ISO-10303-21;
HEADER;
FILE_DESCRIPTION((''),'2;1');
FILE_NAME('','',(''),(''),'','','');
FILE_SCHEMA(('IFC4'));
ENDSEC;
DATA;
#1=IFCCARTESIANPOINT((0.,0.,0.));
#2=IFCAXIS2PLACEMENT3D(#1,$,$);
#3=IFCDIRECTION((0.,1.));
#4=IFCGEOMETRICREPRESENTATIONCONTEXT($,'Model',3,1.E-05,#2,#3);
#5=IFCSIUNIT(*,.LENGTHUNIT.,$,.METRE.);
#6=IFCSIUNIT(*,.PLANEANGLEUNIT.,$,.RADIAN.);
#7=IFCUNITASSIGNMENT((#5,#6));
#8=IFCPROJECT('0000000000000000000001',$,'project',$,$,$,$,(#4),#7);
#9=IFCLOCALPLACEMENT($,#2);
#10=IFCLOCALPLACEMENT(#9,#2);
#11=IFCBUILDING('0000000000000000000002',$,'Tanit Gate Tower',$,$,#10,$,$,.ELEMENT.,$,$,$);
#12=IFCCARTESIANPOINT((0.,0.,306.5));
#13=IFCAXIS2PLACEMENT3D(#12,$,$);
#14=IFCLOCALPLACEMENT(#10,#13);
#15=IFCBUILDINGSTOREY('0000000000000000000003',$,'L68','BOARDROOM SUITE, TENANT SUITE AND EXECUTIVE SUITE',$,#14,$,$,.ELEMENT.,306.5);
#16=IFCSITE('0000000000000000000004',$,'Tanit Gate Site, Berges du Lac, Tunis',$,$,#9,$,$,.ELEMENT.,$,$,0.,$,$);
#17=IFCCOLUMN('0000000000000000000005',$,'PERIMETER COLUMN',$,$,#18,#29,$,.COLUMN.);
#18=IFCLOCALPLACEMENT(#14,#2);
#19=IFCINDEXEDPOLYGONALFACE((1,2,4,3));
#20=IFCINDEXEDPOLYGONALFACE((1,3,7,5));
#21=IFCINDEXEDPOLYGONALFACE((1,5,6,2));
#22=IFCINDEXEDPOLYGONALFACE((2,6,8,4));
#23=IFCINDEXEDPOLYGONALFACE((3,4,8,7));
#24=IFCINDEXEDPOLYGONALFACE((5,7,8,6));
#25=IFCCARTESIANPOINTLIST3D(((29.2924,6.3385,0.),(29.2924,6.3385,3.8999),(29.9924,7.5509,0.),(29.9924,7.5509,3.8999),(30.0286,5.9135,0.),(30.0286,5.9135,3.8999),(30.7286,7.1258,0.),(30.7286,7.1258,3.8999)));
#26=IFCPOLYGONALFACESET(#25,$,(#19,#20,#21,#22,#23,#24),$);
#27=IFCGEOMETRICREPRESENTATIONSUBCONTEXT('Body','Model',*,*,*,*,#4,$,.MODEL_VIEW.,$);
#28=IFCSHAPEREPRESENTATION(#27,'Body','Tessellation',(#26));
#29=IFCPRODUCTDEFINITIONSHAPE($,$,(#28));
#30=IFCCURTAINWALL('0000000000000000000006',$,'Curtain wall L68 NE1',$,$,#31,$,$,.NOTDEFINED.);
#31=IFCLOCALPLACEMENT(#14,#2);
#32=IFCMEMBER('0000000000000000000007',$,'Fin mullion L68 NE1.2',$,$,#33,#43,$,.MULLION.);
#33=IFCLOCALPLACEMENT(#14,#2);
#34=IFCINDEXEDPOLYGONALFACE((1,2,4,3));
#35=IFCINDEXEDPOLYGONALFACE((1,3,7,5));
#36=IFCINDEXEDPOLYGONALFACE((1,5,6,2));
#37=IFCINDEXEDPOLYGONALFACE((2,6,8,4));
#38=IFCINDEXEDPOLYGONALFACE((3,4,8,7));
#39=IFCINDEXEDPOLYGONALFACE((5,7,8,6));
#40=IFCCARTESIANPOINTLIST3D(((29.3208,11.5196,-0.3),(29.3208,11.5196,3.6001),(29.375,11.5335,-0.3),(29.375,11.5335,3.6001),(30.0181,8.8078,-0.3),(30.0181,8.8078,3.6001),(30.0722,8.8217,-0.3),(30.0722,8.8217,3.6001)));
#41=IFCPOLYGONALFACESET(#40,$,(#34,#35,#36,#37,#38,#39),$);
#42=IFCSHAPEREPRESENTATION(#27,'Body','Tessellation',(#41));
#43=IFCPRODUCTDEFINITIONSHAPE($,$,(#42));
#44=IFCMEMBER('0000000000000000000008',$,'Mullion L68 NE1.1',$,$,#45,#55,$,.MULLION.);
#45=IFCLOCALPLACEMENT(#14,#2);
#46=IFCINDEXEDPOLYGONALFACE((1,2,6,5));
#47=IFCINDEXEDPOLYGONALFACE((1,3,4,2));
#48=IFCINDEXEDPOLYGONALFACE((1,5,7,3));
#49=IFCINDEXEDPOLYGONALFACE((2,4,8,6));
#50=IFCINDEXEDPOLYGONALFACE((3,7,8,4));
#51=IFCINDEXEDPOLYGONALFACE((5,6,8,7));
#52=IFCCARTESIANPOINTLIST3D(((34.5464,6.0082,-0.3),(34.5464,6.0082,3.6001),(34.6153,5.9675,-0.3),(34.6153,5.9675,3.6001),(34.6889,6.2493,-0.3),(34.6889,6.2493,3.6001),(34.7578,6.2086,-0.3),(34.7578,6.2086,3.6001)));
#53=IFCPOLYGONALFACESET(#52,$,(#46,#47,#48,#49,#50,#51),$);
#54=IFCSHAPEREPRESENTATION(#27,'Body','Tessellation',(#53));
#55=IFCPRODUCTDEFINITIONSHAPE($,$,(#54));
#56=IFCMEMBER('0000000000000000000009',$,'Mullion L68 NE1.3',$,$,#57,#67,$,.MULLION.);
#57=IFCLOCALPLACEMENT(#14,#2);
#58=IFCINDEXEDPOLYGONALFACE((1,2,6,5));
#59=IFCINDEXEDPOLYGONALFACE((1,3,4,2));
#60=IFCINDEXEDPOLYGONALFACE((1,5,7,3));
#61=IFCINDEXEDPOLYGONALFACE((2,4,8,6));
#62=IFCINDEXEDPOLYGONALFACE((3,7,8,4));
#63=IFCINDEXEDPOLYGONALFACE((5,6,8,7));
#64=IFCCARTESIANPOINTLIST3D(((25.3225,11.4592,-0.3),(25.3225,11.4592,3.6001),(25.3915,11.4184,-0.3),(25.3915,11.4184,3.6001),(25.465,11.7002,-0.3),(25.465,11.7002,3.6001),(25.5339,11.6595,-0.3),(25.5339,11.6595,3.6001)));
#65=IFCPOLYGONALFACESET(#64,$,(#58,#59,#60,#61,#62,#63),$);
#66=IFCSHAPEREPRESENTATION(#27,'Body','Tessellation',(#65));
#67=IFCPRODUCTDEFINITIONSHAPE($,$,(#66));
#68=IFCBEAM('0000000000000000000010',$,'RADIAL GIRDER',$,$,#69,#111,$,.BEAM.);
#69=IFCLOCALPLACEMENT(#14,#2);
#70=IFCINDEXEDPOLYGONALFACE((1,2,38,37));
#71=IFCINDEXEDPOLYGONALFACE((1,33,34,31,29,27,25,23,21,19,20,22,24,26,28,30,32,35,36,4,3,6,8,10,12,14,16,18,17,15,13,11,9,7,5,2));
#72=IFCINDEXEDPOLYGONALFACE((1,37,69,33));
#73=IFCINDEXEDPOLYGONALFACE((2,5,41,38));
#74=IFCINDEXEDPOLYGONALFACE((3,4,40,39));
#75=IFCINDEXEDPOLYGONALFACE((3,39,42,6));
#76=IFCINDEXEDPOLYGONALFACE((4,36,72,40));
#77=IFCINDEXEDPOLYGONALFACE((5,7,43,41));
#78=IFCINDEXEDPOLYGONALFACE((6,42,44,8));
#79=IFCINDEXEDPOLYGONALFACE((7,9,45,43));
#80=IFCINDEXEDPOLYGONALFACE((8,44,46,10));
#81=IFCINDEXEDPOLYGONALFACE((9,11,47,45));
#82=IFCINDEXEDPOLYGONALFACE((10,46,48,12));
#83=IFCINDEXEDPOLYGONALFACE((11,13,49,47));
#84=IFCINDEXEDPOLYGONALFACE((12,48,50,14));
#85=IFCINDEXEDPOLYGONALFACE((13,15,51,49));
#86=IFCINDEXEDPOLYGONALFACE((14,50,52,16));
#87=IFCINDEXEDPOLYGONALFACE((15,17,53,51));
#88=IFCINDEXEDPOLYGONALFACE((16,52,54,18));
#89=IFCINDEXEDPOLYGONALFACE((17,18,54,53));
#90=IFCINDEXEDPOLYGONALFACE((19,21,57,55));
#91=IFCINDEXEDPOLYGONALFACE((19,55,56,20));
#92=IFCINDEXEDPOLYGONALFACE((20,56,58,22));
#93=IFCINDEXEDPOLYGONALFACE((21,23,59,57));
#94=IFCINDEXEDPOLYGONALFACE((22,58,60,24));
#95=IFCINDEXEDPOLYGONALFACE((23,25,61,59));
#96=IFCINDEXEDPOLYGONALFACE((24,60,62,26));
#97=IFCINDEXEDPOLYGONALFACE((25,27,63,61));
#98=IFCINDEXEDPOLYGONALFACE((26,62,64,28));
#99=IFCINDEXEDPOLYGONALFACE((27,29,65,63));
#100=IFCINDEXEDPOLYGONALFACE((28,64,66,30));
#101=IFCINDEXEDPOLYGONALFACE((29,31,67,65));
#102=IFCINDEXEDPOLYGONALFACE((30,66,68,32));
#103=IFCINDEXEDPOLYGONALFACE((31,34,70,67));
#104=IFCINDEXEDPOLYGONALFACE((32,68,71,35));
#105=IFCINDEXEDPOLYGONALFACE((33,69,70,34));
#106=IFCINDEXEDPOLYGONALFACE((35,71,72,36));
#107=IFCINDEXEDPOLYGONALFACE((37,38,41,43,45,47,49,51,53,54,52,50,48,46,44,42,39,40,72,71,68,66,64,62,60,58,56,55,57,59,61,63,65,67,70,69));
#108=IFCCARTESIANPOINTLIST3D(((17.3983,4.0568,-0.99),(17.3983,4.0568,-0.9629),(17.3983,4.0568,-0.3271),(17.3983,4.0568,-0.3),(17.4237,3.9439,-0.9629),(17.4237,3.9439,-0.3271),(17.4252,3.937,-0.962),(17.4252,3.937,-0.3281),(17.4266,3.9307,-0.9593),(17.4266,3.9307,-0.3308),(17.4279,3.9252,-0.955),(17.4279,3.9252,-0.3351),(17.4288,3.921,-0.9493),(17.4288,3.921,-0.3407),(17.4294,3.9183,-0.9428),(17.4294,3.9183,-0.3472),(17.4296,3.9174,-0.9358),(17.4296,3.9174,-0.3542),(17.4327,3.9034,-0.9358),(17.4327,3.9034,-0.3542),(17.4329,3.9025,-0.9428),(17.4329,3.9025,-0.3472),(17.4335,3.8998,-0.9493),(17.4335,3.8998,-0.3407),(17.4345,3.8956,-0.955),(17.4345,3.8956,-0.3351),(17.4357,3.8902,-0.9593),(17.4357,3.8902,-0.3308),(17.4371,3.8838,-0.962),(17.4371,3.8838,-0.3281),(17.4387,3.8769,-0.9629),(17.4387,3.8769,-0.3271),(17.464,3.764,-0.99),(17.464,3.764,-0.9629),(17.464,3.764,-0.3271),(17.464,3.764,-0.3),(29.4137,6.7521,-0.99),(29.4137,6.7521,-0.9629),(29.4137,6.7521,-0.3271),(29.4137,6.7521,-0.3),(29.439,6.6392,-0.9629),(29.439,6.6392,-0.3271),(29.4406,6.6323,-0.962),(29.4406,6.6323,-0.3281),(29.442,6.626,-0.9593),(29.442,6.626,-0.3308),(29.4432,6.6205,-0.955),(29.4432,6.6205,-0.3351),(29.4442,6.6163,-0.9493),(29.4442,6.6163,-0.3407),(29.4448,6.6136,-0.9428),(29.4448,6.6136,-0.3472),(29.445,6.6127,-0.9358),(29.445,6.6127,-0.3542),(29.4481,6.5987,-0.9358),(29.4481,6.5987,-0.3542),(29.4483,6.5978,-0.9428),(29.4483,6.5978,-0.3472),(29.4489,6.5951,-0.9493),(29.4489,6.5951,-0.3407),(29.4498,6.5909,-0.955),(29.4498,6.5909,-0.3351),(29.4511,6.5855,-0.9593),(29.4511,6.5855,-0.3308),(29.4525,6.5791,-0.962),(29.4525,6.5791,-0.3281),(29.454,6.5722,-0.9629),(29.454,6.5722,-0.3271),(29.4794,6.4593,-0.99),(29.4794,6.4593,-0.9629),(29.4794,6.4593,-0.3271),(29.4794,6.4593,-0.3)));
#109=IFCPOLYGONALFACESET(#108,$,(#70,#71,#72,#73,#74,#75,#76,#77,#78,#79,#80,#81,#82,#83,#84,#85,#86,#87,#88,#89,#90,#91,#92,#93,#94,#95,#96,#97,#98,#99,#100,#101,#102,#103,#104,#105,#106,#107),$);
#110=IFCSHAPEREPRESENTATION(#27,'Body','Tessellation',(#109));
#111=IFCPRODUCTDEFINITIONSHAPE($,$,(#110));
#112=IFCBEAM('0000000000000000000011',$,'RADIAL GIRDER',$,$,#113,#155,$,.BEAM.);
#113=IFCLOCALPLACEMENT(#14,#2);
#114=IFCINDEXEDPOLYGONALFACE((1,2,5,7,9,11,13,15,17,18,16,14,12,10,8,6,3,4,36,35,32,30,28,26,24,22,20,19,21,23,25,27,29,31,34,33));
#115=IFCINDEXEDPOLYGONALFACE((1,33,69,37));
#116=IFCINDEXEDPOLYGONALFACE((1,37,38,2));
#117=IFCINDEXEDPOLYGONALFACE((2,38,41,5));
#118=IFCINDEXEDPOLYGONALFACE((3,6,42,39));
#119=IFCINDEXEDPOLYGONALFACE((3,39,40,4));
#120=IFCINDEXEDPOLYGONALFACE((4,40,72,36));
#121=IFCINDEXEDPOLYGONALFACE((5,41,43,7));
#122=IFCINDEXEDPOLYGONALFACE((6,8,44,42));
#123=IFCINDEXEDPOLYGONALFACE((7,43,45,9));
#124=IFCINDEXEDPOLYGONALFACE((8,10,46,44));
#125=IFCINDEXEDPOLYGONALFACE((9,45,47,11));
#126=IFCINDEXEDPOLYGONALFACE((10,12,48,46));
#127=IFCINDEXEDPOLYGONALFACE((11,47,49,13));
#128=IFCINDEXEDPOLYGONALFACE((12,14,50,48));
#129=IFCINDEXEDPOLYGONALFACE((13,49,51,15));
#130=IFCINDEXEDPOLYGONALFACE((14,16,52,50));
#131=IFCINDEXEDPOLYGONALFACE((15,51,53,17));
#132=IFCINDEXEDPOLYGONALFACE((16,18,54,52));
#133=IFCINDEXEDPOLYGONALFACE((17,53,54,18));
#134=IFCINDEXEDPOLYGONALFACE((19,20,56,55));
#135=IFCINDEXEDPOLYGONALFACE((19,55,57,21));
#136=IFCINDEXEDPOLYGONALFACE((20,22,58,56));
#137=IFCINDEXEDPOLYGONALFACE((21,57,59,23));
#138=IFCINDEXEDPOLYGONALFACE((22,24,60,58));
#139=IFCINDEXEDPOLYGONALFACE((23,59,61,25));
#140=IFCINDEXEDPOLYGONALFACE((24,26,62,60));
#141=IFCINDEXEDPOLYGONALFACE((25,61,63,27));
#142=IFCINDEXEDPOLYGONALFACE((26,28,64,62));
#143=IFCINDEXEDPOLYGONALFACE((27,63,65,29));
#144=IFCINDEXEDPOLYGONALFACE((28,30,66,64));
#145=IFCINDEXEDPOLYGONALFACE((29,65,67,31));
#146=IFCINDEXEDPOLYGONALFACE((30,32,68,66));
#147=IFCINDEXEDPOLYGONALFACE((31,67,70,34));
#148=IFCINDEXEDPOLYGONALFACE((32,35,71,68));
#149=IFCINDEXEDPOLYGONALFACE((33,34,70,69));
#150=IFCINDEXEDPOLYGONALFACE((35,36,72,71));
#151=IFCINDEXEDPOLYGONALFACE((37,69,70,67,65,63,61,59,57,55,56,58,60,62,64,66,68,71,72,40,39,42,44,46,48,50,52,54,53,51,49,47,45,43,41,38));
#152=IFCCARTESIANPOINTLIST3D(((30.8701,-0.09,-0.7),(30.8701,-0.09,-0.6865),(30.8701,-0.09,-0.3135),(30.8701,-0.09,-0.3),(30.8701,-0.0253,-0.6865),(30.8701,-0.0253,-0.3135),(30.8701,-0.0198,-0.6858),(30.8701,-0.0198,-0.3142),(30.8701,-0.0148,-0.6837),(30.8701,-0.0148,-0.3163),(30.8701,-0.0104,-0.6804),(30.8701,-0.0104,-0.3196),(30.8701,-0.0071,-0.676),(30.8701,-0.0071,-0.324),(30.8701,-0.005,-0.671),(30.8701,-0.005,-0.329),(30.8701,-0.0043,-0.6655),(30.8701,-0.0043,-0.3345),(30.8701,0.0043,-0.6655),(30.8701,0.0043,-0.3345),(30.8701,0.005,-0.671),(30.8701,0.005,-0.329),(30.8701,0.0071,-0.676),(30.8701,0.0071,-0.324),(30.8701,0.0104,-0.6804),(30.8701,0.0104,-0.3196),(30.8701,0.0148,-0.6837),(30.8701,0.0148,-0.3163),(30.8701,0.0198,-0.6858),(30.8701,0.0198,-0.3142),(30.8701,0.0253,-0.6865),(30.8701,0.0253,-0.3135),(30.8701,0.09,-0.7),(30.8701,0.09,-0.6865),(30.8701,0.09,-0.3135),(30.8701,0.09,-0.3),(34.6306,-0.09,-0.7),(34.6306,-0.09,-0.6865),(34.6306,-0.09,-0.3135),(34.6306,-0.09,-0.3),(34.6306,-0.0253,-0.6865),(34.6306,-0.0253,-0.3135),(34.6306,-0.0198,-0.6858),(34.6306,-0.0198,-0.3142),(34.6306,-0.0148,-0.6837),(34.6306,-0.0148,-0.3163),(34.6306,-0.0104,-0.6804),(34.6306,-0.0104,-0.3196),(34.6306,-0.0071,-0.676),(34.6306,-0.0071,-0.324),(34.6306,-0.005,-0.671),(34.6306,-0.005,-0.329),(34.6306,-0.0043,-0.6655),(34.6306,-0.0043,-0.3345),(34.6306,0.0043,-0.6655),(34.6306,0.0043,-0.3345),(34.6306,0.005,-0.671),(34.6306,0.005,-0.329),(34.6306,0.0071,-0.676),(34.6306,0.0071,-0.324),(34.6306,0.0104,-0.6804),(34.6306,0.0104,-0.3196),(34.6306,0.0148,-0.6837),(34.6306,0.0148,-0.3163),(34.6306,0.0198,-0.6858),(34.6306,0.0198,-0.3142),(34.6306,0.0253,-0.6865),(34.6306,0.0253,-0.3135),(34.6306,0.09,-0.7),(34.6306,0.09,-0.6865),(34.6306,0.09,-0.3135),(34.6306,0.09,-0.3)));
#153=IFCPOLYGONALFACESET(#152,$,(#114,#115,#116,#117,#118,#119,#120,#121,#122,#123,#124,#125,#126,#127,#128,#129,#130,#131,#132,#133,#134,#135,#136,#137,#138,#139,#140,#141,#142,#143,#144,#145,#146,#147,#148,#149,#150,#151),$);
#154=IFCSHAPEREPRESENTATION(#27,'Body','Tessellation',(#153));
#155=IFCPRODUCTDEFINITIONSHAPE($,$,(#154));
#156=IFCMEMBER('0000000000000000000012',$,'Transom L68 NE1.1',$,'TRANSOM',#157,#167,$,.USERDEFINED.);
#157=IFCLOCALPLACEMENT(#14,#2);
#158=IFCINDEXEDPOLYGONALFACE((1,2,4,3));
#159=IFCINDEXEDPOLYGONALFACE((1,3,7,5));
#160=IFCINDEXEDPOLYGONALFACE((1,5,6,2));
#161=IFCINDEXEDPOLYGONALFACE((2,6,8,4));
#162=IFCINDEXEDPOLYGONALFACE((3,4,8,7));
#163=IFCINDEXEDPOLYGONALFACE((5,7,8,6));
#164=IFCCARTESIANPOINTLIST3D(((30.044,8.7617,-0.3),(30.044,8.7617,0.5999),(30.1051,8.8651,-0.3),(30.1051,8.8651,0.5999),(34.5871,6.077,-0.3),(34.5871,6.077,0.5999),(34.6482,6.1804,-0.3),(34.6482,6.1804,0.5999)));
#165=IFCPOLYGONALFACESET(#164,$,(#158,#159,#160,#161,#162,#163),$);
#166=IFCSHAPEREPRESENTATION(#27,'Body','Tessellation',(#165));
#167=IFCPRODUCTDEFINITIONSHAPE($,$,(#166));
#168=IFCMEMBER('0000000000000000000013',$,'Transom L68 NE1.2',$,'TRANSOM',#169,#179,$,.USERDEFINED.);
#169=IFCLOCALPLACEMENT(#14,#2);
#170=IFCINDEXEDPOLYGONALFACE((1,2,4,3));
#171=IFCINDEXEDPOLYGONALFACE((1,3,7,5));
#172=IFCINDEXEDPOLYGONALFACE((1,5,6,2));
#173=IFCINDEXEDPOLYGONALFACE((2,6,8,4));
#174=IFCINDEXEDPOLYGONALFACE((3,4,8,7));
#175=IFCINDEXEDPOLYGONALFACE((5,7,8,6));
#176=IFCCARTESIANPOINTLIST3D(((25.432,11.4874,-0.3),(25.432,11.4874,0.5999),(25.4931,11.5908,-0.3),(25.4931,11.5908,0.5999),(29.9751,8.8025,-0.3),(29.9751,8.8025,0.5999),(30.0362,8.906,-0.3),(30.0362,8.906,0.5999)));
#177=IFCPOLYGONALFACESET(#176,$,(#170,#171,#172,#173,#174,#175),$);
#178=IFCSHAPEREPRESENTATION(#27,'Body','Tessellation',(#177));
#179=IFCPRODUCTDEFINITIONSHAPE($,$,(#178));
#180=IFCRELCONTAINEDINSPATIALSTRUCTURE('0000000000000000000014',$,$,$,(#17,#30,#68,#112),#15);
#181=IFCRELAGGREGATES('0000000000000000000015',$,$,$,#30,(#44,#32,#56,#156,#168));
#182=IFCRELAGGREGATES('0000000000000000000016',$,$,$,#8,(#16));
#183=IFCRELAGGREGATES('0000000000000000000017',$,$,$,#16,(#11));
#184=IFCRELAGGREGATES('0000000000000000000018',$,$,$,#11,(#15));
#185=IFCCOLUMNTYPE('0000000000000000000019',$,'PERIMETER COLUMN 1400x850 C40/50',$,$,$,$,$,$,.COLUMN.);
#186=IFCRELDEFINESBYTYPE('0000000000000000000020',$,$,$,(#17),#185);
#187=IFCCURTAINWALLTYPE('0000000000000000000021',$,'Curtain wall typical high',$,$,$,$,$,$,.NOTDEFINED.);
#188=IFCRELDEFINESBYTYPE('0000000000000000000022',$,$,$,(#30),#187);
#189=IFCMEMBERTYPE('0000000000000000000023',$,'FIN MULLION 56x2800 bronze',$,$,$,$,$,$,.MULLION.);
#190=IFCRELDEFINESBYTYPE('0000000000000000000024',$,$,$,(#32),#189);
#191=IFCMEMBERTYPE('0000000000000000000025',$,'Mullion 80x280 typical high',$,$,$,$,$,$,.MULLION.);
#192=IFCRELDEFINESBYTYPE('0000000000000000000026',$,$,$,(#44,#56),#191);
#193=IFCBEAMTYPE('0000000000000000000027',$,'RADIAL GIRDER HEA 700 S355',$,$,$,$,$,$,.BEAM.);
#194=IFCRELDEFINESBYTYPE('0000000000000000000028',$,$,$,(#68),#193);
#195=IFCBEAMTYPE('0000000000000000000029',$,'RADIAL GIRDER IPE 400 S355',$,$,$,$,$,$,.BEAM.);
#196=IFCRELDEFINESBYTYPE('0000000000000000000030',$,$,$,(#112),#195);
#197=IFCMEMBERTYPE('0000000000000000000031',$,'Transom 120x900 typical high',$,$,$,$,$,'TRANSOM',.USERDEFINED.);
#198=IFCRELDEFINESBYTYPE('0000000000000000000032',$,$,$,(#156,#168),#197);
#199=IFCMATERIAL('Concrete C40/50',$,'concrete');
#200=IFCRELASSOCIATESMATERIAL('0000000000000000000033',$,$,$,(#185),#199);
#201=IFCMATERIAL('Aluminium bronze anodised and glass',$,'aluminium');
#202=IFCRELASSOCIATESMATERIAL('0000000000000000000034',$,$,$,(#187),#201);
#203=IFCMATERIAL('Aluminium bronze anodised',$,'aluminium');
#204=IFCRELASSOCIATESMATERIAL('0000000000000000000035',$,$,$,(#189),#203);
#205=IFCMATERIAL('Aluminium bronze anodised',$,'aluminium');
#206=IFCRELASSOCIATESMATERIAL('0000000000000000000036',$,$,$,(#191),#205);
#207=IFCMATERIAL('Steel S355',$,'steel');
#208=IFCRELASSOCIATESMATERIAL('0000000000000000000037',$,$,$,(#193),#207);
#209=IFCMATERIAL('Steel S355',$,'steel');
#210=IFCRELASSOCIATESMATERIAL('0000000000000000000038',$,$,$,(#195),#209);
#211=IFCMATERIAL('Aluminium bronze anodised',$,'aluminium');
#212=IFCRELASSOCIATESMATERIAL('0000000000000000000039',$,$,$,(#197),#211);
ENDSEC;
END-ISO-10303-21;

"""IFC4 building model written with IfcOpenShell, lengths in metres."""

from ifc_helpers import new_model, si_unit, direction, frame, origin, origin_2d, place, context, subcontext, project, spatial, rectangle, i_section, extrude, material, material_profile, profile_set, type_object, element, aggregate, save


model = new_model("IFC4")

# Units and contexts
model_context = context("Model", 3, precision=1e-05, world=origin(), true_north=direction((0.0, 1.0)))
body_context = subcontext(model_context, "Body", "Model", "MODEL_VIEW")
ifc_project = project(units=[si_unit("LENGTHUNIT", "METRE"), si_unit("PLANEANGLEUNIT", "RADIAN")], contexts=[model_context])

# Site, building, storey
site_placement = place(None, origin())
site = spatial("IfcSite", under=ifc_project, at=site_placement, Name="Tanit Gate Site, Berges du Lac, Tunis", CompositionType="ELEMENT", RefElevation=0.0)
building_placement = place(site_placement, origin())
building = spatial("IfcBuilding", under=site, at=building_placement, Name="Tanit Gate Tower", CompositionType="ELEMENT")
storey_placement = place(building_placement, frame((0.0, 0.0, 306.5)))
storey = spatial("IfcBuildingStorey", under=building, at=storey_placement, Name="L68", Description="BOARDROOM SUITE, TENANT SUITE AND EXECUTIVE SUITE", CompositionType="ELEMENT", Elevation=306.5)

# Column
ifc_material_1 = material(Name="Concrete C40/50", Category="concrete")
ifc_material_profile_1 = material_profile(ifc_material_1, rectangle(XDim=1.3999, YDim=0.8501, at=origin_2d()), Name="RC 1400x850")
ifc_profile_set_1 = profile_set([ifc_material_profile_1], Name="Concrete C40/50")
column_type = type_object("IfcColumnType", Name="PERIMETER COLUMN 1400x850 C40/50", PredefinedType="COLUMN", material=ifc_profile_set_1)
column_placement = place(storey_placement, frame((30.0105, 6.7322, 0.0), z_axis=(0.0, 0.0, 1.0), x_axis=(0.5, 0.866025, 0.0)))
element("IfcColumn", 1, at=column_placement, inside=storey, type_object=column_type, Name="PERIMETER COLUMN", PredefinedType="COLUMN", context=body_context, shape_type="SweptSolid", body=[
    extrude(rectangle(XDim=1.3999, YDim=0.8501, at=origin_2d()), origin(), (0.0, 0.0, 1.0), 3.8999),
])

# Curtain wall, members
ifc_material_2 = material(Name="Aluminium bronze anodised and glass", Category="aluminium")
curtain_wall_type = type_object("IfcCurtainWallType", Name="Curtain wall typical high", PredefinedType="NOTDEFINED", material=ifc_material_2)
curtain_wall_1_placement = place(storey_placement, origin())
curtain_wall_1 = element("IfcCurtainWall", 2, at=curtain_wall_1_placement, inside=storey, type_object=curtain_wall_type, Name="Curtain wall L68 NE1", PredefinedType="NOTDEFINED")
ifc_material_3 = material(Name="Aluminium bronze anodised", Category="aluminium")
ifc_material_profile_2 = material_profile(ifc_material_3, rectangle(XDim=2.8, YDim=0.0559, at=origin_2d()), Name="56x2800 bronze fin mullion")
ifc_profile_set_2 = profile_set([ifc_material_profile_2], Name="Aluminium bronze anodised")
member_type_1 = type_object("IfcMemberType", Name="FIN MULLION 56x2800 bronze", PredefinedType="MULLION", material=ifc_profile_set_2)
member_1_placement = place(storey_placement, frame((29.6965, 10.1707, -0.3), z_axis=(0.0, 0.0, 1.0), x_axis=(0.249006, -0.968502, 0.0)))
member_1 = element("IfcMember", 3, at=member_1_placement, type_object=member_type_1, Name="Fin mullion L68 NE1.2", PredefinedType="MULLION", context=body_context, shape_type="SweptSolid", body=[
    extrude(rectangle(XDim=2.8, YDim=0.0559, at=origin_2d()), origin(), (0.0, 0.0, 1.0), 3.9001),
])
ifc_material_4 = material(Name="Aluminium bronze anodised", Category="aluminium")
ifc_material_profile_3 = material_profile(ifc_material_4, rectangle(XDim=0.28, YDim=0.0801, at=origin_2d()), Name="80x280 bronze mullion")
ifc_profile_set_3 = profile_set([ifc_material_profile_3], Name="Aluminium bronze anodised")
member_type_2 = type_object("IfcMemberType", Name="Mullion 80x280 typical high", PredefinedType="MULLION", material=ifc_profile_set_3)
member_2_placement = place(storey_placement, frame((34.6521, 6.1084, -0.3), z_axis=(0.0, 0.0, 1.0), x_axis=(-0.508761, -0.860908, 0.0)))
member_2 = element("IfcMember", 4, at=member_2_placement, type_object=member_type_2, Name="Mullion L68 NE1.1", PredefinedType="MULLION", context=body_context, shape_type="SweptSolid", body=[
    extrude(rectangle(XDim=0.28, YDim=0.0801, at=origin_2d()), origin(), (0.0, 0.0, 1.0), 3.9001),
])
member_3_placement = place(storey_placement, frame((25.4282, 11.5593, -0.3), z_axis=(0.0, 0.0, 1.0), x_axis=(-0.508761, -0.860908, 0.0)))
member_3 = element("IfcMember", 5, at=member_3_placement, type_object=member_type_2, Name="Mullion L68 NE1.3", PredefinedType="MULLION", context=body_context, shape_type="SweptSolid", body=[
    extrude(rectangle(XDim=0.28, YDim=0.0801, at=origin_2d()), origin(), (0.0, 0.0, 1.0), 3.9001),
])

# Beams
ifc_material_5 = material(Name="Steel S355", Category="steel")
ifc_material_profile_4 = material_profile(ifc_material_5, i_section(OverallWidth=0.3, OverallDepth=0.6899, WebThickness=0.0144, FlangeThickness=0.0271, FilletRadius=0.0271, at=origin_2d()), Name="HEA 700")
ifc_profile_set_4 = profile_set([ifc_material_profile_4], Name="Steel S355")
beam_type_1 = type_object("IfcBeamType", Name="RADIAL GIRDER HEA 700 S355", PredefinedType="BEAM", material=ifc_profile_set_4)
beam_1_placement = place(storey_placement, frame((29.4465, 6.6057, -0.645), z_axis=(-0.975751, -0.218882, 0.0), x_axis=(0.218882, -0.975751, 0.0)))
element("IfcBeam", 6, at=beam_1_placement, inside=storey, type_object=beam_type_1, Name="RADIAL GIRDER", PredefinedType="BEAM", context=body_context, shape_type="SweptSolid", body=[
    extrude(i_section(OverallWidth=0.3, OverallDepth=0.6899, WebThickness=0.0144, FlangeThickness=0.0271, FilletRadius=0.0271, at=origin_2d()), origin(), (0.0, 0.0, 1.0), 12.314),
])
ifc_material_6 = material(Name="Steel S355", Category="steel")
ifc_material_profile_5 = material_profile(ifc_material_6, i_section(OverallWidth=0.1799, OverallDepth=0.3999, WebThickness=0.0085, FlangeThickness=0.0134, FilletRadius=0.021, at=origin_2d()), Name="IPE 400")
ifc_profile_set_5 = profile_set([ifc_material_profile_5], Name="Steel S355")
beam_type_2 = type_object("IfcBeamType", Name="RADIAL GIRDER IPE 400 S355", PredefinedType="BEAM", material=ifc_profile_set_5)
beam_2_placement = place(storey_placement, frame((34.6306, 0.0, -0.5), z_axis=(-1.0, 0.0, 0.0), x_axis=(0.0, -1.0, 0.0)))
element("IfcBeam", 7, at=beam_2_placement, inside=storey, type_object=beam_type_2, Name="RADIAL GIRDER", PredefinedType="BEAM", context=body_context, shape_type="SweptSolid", body=[
    extrude(i_section(OverallWidth=0.1799, OverallDepth=0.3999, WebThickness=0.0085, FlangeThickness=0.0134, FilletRadius=0.021, at=origin_2d()), origin(), (0.0, 0.0, 1.0), 3.7605),
])

# Members
ifc_material_7 = material(Name="Aluminium bronze anodised", Category="aluminium")
ifc_material_profile_6 = material_profile(ifc_material_7, rectangle(XDim=0.1201, YDim=0.8999, at=origin_2d()), Name="120x900 bronze transom")
ifc_profile_set_6 = profile_set([ifc_material_profile_6], Name="Aluminium bronze anodised")
member_type_3 = type_object("IfcMemberType", Name="Transom 120x900 typical high", ElementType="TRANSOM", PredefinedType="USERDEFINED", material=ifc_profile_set_6)
member_4_placement = place(storey_placement, frame((34.6177, 6.1287, 0.1499), z_axis=(-0.860911, 0.508756, 0.0), x_axis=(-0.508756, -0.860911, 0.0)))
member_4 = element("IfcMember", 8, at=member_4_placement, type_object=member_type_3, Name="Transom L68 NE1.1", ObjectType="TRANSOM", PredefinedType="USERDEFINED", context=body_context, shape_type="SweptSolid", body=[
    extrude(rectangle(XDim=0.1201, YDim=0.8999, at=origin_2d()), origin(), (0.0, 0.0, 1.0), 5.2771),
])
member_5_placement = place(storey_placement, frame((30.0056, 8.8542, 0.1499), z_axis=(-0.860899, 0.508776, 0.0), x_axis=(-0.508776, -0.860899, 0.0)))
member_5 = element("IfcMember", 9, at=member_5_placement, type_object=member_type_3, Name="Transom L68 NE1.2", ObjectType="TRANSOM", PredefinedType="USERDEFINED", context=body_context, shape_type="SweptSolid", body=[
    extrude(rectangle(XDim=0.1201, YDim=0.8999, at=origin_2d()), origin(), (0.0, 0.0, 1.0), 5.2771),
])

aggregate(curtain_wall_1, [member_2, member_1, member_3, member_4, member_5])

save(model, "model.ifc")
